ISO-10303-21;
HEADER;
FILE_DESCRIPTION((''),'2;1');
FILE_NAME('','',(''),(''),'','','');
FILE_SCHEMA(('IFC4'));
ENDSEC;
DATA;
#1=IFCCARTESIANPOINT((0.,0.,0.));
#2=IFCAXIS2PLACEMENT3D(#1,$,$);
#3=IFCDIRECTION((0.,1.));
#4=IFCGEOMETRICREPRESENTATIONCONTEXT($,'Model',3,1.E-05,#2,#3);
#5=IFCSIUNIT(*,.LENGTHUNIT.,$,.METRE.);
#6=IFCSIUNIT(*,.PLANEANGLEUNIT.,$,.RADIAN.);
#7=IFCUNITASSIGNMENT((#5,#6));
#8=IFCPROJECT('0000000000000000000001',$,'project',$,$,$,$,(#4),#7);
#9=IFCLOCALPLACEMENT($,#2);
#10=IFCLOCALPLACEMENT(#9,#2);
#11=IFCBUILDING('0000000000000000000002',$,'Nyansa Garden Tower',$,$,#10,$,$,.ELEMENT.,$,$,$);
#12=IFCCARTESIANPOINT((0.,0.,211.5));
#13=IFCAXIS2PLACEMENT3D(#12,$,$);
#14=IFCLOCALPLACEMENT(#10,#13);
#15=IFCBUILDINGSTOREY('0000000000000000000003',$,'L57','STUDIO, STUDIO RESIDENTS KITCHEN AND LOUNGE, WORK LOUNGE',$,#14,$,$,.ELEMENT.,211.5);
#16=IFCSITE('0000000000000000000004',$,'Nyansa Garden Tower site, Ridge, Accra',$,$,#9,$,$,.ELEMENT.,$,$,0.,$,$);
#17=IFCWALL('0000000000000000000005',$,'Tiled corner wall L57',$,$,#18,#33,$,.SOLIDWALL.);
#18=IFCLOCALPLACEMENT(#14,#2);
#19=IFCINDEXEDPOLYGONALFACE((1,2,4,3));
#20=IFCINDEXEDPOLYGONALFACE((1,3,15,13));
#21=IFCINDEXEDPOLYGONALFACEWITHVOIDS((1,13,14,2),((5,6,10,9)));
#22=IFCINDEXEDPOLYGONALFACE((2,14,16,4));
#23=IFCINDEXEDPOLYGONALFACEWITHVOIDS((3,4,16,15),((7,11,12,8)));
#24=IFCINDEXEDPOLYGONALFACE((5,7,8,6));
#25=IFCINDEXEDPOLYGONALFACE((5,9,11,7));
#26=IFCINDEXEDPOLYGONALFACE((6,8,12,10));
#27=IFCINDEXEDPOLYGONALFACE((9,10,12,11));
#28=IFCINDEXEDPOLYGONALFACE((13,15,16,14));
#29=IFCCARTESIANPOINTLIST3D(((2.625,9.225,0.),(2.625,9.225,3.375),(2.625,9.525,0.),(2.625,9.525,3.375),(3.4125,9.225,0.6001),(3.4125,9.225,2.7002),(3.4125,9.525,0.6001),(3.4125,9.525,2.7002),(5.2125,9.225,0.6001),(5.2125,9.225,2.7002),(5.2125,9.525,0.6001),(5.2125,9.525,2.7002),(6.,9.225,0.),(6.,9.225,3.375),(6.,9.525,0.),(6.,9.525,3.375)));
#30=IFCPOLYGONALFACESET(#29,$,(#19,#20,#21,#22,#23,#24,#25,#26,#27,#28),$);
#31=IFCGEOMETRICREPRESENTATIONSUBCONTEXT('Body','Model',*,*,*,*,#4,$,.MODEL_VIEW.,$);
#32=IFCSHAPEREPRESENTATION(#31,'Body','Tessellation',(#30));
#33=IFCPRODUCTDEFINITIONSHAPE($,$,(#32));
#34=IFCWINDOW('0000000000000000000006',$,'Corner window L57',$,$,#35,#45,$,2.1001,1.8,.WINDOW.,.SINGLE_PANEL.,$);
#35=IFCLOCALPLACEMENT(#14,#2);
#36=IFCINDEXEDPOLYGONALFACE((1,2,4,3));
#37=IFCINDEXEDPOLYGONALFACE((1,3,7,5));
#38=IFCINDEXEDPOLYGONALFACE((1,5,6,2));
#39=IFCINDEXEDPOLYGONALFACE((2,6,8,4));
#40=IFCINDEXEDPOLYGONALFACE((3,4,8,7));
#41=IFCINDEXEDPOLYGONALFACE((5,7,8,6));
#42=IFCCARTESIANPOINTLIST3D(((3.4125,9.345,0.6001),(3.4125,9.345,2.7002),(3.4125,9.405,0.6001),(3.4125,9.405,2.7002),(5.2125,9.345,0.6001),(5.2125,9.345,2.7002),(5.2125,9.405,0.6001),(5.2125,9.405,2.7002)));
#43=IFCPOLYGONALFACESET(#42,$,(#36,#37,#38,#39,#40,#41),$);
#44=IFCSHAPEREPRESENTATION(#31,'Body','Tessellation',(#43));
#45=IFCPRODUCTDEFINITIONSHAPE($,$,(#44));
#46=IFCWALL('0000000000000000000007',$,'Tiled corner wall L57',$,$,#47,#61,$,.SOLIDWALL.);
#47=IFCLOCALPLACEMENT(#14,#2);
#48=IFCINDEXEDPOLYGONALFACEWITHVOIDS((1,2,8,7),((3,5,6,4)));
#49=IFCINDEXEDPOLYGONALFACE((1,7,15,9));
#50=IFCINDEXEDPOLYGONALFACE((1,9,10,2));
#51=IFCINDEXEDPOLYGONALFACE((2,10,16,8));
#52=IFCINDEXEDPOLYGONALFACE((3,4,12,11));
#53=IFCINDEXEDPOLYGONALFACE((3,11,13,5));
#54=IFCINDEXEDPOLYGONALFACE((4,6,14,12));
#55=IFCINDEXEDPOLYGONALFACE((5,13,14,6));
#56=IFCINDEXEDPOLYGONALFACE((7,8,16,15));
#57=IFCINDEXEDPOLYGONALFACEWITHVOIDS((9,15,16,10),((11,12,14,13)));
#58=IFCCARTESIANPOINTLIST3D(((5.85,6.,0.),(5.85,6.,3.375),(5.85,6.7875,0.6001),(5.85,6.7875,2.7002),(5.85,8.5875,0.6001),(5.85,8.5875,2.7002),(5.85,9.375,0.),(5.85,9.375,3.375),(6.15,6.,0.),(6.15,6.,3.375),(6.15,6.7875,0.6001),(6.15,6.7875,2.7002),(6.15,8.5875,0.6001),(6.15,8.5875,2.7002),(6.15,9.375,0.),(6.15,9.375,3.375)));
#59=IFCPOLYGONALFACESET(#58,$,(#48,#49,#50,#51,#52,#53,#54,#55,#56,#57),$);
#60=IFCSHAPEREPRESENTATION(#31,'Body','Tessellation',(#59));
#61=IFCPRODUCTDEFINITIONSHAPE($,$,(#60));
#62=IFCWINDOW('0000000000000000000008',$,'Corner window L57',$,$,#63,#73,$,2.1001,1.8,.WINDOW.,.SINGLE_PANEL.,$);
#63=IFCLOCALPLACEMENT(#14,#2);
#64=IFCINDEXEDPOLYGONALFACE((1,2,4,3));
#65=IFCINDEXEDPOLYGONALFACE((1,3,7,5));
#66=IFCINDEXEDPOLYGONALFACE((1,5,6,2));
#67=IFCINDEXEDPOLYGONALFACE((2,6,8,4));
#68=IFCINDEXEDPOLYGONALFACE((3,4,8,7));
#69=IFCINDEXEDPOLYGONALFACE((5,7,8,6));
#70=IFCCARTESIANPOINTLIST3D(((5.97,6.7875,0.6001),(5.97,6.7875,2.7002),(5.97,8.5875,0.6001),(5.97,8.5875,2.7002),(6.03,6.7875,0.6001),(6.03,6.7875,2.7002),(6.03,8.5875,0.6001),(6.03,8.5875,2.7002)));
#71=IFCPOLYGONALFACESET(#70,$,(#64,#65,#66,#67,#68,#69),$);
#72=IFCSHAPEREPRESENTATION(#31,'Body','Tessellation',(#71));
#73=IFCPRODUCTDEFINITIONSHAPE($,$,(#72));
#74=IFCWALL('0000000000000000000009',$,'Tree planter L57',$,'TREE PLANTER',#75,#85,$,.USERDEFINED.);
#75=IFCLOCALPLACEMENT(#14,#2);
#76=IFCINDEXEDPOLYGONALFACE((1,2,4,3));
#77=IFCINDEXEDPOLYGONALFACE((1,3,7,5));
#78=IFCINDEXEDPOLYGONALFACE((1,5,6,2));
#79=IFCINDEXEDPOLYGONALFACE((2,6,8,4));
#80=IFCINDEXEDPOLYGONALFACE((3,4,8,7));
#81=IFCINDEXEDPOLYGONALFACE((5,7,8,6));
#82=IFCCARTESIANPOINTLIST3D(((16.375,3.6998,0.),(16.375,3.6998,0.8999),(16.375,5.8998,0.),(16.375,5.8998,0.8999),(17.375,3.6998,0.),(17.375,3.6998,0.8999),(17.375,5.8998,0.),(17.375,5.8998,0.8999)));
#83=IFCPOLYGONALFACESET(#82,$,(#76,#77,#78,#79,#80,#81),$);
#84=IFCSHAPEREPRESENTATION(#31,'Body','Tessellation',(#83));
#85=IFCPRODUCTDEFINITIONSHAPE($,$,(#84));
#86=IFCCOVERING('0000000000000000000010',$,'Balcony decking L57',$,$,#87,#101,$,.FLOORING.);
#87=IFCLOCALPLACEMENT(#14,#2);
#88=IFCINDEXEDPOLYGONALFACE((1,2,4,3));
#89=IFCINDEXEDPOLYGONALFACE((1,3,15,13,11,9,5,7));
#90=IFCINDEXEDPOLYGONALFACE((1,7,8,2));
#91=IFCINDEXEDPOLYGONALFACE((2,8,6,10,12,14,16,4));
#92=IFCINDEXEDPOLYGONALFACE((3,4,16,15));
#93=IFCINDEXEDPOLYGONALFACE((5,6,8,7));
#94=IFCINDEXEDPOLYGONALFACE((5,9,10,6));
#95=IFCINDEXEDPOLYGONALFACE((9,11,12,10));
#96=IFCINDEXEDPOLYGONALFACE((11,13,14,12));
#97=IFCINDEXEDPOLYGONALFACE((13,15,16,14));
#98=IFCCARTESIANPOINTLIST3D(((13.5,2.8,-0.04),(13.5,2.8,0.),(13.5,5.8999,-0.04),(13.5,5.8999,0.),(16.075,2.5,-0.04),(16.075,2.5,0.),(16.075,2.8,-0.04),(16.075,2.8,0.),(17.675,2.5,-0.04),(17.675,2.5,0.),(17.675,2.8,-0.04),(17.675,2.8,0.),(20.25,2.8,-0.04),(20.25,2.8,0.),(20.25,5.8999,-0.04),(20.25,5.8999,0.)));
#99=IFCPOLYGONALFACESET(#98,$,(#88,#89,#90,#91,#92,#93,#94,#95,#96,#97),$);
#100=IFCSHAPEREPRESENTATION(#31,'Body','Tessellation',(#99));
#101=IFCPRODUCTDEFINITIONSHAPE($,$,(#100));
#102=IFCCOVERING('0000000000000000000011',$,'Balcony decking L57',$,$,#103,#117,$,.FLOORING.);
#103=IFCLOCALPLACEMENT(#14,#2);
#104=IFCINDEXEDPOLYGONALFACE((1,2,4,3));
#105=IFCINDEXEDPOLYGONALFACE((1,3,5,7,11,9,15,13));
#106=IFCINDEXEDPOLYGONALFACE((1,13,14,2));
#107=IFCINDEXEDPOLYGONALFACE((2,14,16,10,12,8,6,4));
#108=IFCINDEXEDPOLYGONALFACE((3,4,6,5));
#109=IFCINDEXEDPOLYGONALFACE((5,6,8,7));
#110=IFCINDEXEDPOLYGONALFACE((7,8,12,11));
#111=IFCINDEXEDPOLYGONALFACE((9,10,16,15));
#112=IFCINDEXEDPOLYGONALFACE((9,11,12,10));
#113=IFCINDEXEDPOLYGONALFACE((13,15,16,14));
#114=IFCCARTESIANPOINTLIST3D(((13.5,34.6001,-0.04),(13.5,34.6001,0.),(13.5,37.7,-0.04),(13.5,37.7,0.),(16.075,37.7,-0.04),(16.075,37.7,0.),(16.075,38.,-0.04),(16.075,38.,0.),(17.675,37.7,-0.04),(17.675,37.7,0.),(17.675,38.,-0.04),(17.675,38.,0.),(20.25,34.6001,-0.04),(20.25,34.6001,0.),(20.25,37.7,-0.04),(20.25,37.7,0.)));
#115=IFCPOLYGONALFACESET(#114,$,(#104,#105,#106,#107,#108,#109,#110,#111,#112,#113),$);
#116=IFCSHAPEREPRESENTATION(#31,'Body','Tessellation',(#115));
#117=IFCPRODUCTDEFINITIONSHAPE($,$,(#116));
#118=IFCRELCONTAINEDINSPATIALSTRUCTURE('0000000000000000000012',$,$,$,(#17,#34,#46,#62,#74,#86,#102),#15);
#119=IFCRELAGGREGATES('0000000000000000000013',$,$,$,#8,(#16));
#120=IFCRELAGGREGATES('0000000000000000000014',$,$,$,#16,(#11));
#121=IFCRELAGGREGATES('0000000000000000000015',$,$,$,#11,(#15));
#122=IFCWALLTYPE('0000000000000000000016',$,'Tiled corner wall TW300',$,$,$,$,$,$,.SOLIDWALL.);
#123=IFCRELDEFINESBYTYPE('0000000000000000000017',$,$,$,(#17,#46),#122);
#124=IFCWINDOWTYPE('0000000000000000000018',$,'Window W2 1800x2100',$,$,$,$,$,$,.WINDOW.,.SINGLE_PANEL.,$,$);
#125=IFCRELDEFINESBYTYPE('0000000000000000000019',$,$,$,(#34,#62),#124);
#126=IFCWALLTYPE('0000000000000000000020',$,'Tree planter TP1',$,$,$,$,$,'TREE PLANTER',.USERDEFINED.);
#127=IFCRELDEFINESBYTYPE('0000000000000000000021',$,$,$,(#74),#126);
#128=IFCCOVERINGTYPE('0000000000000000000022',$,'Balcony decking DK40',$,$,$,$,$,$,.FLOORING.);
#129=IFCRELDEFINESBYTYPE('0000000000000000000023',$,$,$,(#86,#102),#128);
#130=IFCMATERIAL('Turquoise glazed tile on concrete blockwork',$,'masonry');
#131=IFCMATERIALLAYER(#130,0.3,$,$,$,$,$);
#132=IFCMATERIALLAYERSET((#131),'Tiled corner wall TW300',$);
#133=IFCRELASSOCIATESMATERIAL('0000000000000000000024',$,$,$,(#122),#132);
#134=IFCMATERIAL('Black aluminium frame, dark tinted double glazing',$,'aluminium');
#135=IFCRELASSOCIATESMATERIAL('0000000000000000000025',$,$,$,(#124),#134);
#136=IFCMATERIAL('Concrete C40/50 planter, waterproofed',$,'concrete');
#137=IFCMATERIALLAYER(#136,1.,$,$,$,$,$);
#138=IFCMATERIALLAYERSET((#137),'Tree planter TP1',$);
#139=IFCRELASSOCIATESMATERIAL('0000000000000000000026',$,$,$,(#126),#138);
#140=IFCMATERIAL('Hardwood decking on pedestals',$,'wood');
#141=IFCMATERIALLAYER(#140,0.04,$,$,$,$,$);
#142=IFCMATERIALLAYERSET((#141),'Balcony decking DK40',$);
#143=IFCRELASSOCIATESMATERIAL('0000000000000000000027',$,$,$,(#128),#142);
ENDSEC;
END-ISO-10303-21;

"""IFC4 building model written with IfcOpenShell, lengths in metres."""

from ifc_helpers import new_model, si_unit, direction, frame, frame_2d, origin, place, context, subcontext, project, spatial, polyline, rectangle, outline, extrude, material, layer, layer_set, type_object, element, fill, save


model = new_model("IFC4")

# Units and contexts
model_context = context("Model", 3, precision=1e-05, world=origin(), true_north=direction((0.0, 1.0)))
body_context = subcontext(model_context, "Body", "Model", "MODEL_VIEW")
ifc_project = project(units=[si_unit("LENGTHUNIT", "METRE"), si_unit("PLANEANGLEUNIT", "RADIAN")], contexts=[model_context])

# Site, building, storey
site_placement = place(None, origin())
site = spatial("IfcSite", under=ifc_project, at=site_placement, Name="Nyansa Garden Tower site, Ridge, Accra", CompositionType="ELEMENT", RefElevation=0.0)
building_placement = place(site_placement, origin())
building = spatial("IfcBuilding", under=site, at=building_placement, Name="Nyansa Garden Tower", CompositionType="ELEMENT")
storey_placement = place(building_placement, frame((0.0, 0.0, 211.5)))
storey = spatial("IfcBuildingStorey", under=building, at=storey_placement, Name="L57", Description="STUDIO, STUDIO RESIDENTS KITCHEN AND LOUNGE, WORK LOUNGE", CompositionType="ELEMENT", Elevation=211.5)

# Walls, openings, windows
ifc_material_1 = material(Name="Turquoise glazed tile on concrete blockwork", Category="masonry")
ifc_layer_1 = layer(ifc_material_1, 0.3)
ifc_layer_set_1 = layer_set([ifc_layer_1], Name="Tiled corner wall TW300")
wall_type_1 = type_object("IfcWallType", Name="Tiled corner wall TW300", PredefinedType="SOLIDWALL", material=ifc_layer_set_1)
wall_1_placement = place(storey_placement, frame((2.625, 9.375, 0.0), z_axis=(0.0, 0.0, 1.0), x_axis=(1.0, 0.0, 0.0)))
wall_1 = element("IfcWall", 1, at=wall_1_placement, inside=storey, type_object=wall_type_1, Name="Tiled corner wall L57", PredefinedType="SOLIDWALL", context=body_context, shape_type="SweptSolid", body=[
    extrude(rectangle(XDim=3.375, YDim=0.3, at=frame_2d((1.6875, 0.0))), origin(), (0.0, 0.0, 1.0), 3.375),
])
opening_1_placement = place(wall_1_placement, frame((0.7876, 0.0, 0.6001)))
opening_1 = element("IfcOpeningElement", 2, at=opening_1_placement, cuts=wall_1, PredefinedType="OPENING", context=body_context, shape_type="SweptSolid", body=[
    extrude(rectangle(XDim=1.8, YDim=2.1001, at=frame_2d((0.8999, 1.05))), frame((0.0, 0.1599, 0.0), z_axis=(0.0, -1.0, 0.0), x_axis=(1.0, 0.0, 0.0)), (0.0, 0.0, 1.0), 0.3201),
])
ifc_material_2 = material(Name="Black aluminium frame, dark tinted double glazing", Category="aluminium")
window_type = type_object("IfcWindowType", Name="Window W2 1800x2100", PartitioningType="SINGLE_PANEL", PredefinedType="WINDOW", material=ifc_material_2)
window_1_placement = place(opening_1_placement, origin())
window_1 = element("IfcWindow", 3, at=window_1_placement, inside=storey, type_object=window_type, Name="Corner window L57", OverallHeight=2.1001, OverallWidth=1.8, PartitioningType="SINGLE_PANEL", PredefinedType="WINDOW", context=body_context, shape_type="SweptSolid", body=[
    extrude(rectangle(XDim=1.8, YDim=2.1001, at=frame_2d((0.8999, 1.05))), frame((0.0, 0.03, 0.0), z_axis=(0.0, -1.0, 0.0), x_axis=(1.0, 0.0, 0.0)), (0.0, 0.0, 1.0), 0.0601),
])
fill(opening_1, window_1)
wall_2_placement = place(storey_placement, frame((6.0, 9.375, 0.0), z_axis=(0.0, 0.0, 1.0), x_axis=(0.0, -1.0, 0.0)))
wall_2 = element("IfcWall", 4, at=wall_2_placement, inside=storey, type_object=wall_type_1, Name="Tiled corner wall L57", PredefinedType="SOLIDWALL", context=body_context, shape_type="SweptSolid", body=[
    extrude(rectangle(XDim=3.375, YDim=0.3, at=frame_2d((1.6875, 0.0))), origin(), (0.0, 0.0, 1.0), 3.375),
])
opening_2_placement = place(wall_2_placement, frame((0.7876, 0.0, 0.6001)))
opening_2 = element("IfcOpeningElement", 5, at=opening_2_placement, cuts=wall_2, PredefinedType="OPENING", context=body_context, shape_type="SweptSolid", body=[
    extrude(rectangle(XDim=1.8, YDim=2.1001, at=frame_2d((0.8999, 1.05))), frame((0.0, 0.1599, 0.0), z_axis=(0.0, -1.0, 0.0), x_axis=(1.0, 0.0, 0.0)), (0.0, 0.0, 1.0), 0.3201),
])
window_2_placement = place(opening_2_placement, origin())
window_2 = element("IfcWindow", 6, at=window_2_placement, inside=storey, type_object=window_type, Name="Corner window L57", OverallHeight=2.1001, OverallWidth=1.8, PartitioningType="SINGLE_PANEL", PredefinedType="WINDOW", context=body_context, shape_type="SweptSolid", body=[
    extrude(rectangle(XDim=1.8, YDim=2.1001, at=frame_2d((0.8999, 1.05))), frame((0.0, 0.03, 0.0), z_axis=(0.0, -1.0, 0.0), x_axis=(1.0, 0.0, 0.0)), (0.0, 0.0, 1.0), 0.0601),
])
fill(opening_2, window_2)

# Wall
ifc_material_3 = material(Name="Concrete C40/50 planter, waterproofed", Category="concrete")
ifc_layer_2 = layer(ifc_material_3, 1.0)
ifc_layer_set_2 = layer_set([ifc_layer_2], Name="Tree planter TP1")
wall_type_2 = type_object("IfcWallType", Name="Tree planter TP1", ElementType="TREE PLANTER", PredefinedType="USERDEFINED", material=ifc_layer_set_2)
wall_3_placement = place(storey_placement, frame((16.875, 5.8999, 0.0), z_axis=(0.0, 0.0, 1.0), x_axis=(0.0, -1.0, 0.0)))
element("IfcWall", 7, at=wall_3_placement, inside=storey, type_object=wall_type_2, Name="Tree planter L57", ObjectType="TREE PLANTER", PredefinedType="USERDEFINED", context=body_context, shape_type="SweptSolid", body=[
    extrude(rectangle(XDim=2.2, YDim=1.0, at=frame_2d((1.1001, 0.0))), origin(), (0.0, 0.0, 1.0), 0.8999),
])

# Coverings
ifc_material_4 = material(Name="Hardwood decking on pedestals", Category="wood")
ifc_layer_3 = layer(ifc_material_4, 0.04)
ifc_layer_set_3 = layer_set([ifc_layer_3], Name="Balcony decking DK40")
covering_type = type_object("IfcCoveringType", Name="Balcony decking DK40", PredefinedType="FLOORING", material=ifc_layer_set_3)
covering_1_placement = place(storey_placement, frame((0.0, 0.0, -0.04)))
element("IfcCovering", 8, at=covering_1_placement, inside=storey, type_object=covering_type, Name="Balcony decking L57", PredefinedType="FLOORING", context=body_context, shape_type="SweptSolid", body=[
    extrude(outline(polyline([(13.5, 5.8999), (20.25, 5.8999), (20.25, 2.8), (17.675, 2.8), (17.675, 2.5), (16.075, 2.5), (16.075, 2.8), (13.5, 2.8), (13.5, 5.8999)])), origin(), (0.0, 0.0, 1.0), 0.04),
])
covering_2_placement = place(storey_placement, frame((0.0, 0.0, -0.04)))
element("IfcCovering", 9, at=covering_2_placement, inside=storey, type_object=covering_type, Name="Balcony decking L57", PredefinedType="FLOORING", context=body_context, shape_type="SweptSolid", body=[
    extrude(outline(polyline([(13.5, 34.6001), (20.25, 34.6001), (20.25, 37.7), (17.675, 37.7), (17.675, 38.0), (16.075, 38.0), (16.075, 37.7), (13.5, 37.7), (13.5, 34.6001)])), origin(), (0.0, 0.0, 1.0), 0.04),
])

save(model, "model.ifc")
